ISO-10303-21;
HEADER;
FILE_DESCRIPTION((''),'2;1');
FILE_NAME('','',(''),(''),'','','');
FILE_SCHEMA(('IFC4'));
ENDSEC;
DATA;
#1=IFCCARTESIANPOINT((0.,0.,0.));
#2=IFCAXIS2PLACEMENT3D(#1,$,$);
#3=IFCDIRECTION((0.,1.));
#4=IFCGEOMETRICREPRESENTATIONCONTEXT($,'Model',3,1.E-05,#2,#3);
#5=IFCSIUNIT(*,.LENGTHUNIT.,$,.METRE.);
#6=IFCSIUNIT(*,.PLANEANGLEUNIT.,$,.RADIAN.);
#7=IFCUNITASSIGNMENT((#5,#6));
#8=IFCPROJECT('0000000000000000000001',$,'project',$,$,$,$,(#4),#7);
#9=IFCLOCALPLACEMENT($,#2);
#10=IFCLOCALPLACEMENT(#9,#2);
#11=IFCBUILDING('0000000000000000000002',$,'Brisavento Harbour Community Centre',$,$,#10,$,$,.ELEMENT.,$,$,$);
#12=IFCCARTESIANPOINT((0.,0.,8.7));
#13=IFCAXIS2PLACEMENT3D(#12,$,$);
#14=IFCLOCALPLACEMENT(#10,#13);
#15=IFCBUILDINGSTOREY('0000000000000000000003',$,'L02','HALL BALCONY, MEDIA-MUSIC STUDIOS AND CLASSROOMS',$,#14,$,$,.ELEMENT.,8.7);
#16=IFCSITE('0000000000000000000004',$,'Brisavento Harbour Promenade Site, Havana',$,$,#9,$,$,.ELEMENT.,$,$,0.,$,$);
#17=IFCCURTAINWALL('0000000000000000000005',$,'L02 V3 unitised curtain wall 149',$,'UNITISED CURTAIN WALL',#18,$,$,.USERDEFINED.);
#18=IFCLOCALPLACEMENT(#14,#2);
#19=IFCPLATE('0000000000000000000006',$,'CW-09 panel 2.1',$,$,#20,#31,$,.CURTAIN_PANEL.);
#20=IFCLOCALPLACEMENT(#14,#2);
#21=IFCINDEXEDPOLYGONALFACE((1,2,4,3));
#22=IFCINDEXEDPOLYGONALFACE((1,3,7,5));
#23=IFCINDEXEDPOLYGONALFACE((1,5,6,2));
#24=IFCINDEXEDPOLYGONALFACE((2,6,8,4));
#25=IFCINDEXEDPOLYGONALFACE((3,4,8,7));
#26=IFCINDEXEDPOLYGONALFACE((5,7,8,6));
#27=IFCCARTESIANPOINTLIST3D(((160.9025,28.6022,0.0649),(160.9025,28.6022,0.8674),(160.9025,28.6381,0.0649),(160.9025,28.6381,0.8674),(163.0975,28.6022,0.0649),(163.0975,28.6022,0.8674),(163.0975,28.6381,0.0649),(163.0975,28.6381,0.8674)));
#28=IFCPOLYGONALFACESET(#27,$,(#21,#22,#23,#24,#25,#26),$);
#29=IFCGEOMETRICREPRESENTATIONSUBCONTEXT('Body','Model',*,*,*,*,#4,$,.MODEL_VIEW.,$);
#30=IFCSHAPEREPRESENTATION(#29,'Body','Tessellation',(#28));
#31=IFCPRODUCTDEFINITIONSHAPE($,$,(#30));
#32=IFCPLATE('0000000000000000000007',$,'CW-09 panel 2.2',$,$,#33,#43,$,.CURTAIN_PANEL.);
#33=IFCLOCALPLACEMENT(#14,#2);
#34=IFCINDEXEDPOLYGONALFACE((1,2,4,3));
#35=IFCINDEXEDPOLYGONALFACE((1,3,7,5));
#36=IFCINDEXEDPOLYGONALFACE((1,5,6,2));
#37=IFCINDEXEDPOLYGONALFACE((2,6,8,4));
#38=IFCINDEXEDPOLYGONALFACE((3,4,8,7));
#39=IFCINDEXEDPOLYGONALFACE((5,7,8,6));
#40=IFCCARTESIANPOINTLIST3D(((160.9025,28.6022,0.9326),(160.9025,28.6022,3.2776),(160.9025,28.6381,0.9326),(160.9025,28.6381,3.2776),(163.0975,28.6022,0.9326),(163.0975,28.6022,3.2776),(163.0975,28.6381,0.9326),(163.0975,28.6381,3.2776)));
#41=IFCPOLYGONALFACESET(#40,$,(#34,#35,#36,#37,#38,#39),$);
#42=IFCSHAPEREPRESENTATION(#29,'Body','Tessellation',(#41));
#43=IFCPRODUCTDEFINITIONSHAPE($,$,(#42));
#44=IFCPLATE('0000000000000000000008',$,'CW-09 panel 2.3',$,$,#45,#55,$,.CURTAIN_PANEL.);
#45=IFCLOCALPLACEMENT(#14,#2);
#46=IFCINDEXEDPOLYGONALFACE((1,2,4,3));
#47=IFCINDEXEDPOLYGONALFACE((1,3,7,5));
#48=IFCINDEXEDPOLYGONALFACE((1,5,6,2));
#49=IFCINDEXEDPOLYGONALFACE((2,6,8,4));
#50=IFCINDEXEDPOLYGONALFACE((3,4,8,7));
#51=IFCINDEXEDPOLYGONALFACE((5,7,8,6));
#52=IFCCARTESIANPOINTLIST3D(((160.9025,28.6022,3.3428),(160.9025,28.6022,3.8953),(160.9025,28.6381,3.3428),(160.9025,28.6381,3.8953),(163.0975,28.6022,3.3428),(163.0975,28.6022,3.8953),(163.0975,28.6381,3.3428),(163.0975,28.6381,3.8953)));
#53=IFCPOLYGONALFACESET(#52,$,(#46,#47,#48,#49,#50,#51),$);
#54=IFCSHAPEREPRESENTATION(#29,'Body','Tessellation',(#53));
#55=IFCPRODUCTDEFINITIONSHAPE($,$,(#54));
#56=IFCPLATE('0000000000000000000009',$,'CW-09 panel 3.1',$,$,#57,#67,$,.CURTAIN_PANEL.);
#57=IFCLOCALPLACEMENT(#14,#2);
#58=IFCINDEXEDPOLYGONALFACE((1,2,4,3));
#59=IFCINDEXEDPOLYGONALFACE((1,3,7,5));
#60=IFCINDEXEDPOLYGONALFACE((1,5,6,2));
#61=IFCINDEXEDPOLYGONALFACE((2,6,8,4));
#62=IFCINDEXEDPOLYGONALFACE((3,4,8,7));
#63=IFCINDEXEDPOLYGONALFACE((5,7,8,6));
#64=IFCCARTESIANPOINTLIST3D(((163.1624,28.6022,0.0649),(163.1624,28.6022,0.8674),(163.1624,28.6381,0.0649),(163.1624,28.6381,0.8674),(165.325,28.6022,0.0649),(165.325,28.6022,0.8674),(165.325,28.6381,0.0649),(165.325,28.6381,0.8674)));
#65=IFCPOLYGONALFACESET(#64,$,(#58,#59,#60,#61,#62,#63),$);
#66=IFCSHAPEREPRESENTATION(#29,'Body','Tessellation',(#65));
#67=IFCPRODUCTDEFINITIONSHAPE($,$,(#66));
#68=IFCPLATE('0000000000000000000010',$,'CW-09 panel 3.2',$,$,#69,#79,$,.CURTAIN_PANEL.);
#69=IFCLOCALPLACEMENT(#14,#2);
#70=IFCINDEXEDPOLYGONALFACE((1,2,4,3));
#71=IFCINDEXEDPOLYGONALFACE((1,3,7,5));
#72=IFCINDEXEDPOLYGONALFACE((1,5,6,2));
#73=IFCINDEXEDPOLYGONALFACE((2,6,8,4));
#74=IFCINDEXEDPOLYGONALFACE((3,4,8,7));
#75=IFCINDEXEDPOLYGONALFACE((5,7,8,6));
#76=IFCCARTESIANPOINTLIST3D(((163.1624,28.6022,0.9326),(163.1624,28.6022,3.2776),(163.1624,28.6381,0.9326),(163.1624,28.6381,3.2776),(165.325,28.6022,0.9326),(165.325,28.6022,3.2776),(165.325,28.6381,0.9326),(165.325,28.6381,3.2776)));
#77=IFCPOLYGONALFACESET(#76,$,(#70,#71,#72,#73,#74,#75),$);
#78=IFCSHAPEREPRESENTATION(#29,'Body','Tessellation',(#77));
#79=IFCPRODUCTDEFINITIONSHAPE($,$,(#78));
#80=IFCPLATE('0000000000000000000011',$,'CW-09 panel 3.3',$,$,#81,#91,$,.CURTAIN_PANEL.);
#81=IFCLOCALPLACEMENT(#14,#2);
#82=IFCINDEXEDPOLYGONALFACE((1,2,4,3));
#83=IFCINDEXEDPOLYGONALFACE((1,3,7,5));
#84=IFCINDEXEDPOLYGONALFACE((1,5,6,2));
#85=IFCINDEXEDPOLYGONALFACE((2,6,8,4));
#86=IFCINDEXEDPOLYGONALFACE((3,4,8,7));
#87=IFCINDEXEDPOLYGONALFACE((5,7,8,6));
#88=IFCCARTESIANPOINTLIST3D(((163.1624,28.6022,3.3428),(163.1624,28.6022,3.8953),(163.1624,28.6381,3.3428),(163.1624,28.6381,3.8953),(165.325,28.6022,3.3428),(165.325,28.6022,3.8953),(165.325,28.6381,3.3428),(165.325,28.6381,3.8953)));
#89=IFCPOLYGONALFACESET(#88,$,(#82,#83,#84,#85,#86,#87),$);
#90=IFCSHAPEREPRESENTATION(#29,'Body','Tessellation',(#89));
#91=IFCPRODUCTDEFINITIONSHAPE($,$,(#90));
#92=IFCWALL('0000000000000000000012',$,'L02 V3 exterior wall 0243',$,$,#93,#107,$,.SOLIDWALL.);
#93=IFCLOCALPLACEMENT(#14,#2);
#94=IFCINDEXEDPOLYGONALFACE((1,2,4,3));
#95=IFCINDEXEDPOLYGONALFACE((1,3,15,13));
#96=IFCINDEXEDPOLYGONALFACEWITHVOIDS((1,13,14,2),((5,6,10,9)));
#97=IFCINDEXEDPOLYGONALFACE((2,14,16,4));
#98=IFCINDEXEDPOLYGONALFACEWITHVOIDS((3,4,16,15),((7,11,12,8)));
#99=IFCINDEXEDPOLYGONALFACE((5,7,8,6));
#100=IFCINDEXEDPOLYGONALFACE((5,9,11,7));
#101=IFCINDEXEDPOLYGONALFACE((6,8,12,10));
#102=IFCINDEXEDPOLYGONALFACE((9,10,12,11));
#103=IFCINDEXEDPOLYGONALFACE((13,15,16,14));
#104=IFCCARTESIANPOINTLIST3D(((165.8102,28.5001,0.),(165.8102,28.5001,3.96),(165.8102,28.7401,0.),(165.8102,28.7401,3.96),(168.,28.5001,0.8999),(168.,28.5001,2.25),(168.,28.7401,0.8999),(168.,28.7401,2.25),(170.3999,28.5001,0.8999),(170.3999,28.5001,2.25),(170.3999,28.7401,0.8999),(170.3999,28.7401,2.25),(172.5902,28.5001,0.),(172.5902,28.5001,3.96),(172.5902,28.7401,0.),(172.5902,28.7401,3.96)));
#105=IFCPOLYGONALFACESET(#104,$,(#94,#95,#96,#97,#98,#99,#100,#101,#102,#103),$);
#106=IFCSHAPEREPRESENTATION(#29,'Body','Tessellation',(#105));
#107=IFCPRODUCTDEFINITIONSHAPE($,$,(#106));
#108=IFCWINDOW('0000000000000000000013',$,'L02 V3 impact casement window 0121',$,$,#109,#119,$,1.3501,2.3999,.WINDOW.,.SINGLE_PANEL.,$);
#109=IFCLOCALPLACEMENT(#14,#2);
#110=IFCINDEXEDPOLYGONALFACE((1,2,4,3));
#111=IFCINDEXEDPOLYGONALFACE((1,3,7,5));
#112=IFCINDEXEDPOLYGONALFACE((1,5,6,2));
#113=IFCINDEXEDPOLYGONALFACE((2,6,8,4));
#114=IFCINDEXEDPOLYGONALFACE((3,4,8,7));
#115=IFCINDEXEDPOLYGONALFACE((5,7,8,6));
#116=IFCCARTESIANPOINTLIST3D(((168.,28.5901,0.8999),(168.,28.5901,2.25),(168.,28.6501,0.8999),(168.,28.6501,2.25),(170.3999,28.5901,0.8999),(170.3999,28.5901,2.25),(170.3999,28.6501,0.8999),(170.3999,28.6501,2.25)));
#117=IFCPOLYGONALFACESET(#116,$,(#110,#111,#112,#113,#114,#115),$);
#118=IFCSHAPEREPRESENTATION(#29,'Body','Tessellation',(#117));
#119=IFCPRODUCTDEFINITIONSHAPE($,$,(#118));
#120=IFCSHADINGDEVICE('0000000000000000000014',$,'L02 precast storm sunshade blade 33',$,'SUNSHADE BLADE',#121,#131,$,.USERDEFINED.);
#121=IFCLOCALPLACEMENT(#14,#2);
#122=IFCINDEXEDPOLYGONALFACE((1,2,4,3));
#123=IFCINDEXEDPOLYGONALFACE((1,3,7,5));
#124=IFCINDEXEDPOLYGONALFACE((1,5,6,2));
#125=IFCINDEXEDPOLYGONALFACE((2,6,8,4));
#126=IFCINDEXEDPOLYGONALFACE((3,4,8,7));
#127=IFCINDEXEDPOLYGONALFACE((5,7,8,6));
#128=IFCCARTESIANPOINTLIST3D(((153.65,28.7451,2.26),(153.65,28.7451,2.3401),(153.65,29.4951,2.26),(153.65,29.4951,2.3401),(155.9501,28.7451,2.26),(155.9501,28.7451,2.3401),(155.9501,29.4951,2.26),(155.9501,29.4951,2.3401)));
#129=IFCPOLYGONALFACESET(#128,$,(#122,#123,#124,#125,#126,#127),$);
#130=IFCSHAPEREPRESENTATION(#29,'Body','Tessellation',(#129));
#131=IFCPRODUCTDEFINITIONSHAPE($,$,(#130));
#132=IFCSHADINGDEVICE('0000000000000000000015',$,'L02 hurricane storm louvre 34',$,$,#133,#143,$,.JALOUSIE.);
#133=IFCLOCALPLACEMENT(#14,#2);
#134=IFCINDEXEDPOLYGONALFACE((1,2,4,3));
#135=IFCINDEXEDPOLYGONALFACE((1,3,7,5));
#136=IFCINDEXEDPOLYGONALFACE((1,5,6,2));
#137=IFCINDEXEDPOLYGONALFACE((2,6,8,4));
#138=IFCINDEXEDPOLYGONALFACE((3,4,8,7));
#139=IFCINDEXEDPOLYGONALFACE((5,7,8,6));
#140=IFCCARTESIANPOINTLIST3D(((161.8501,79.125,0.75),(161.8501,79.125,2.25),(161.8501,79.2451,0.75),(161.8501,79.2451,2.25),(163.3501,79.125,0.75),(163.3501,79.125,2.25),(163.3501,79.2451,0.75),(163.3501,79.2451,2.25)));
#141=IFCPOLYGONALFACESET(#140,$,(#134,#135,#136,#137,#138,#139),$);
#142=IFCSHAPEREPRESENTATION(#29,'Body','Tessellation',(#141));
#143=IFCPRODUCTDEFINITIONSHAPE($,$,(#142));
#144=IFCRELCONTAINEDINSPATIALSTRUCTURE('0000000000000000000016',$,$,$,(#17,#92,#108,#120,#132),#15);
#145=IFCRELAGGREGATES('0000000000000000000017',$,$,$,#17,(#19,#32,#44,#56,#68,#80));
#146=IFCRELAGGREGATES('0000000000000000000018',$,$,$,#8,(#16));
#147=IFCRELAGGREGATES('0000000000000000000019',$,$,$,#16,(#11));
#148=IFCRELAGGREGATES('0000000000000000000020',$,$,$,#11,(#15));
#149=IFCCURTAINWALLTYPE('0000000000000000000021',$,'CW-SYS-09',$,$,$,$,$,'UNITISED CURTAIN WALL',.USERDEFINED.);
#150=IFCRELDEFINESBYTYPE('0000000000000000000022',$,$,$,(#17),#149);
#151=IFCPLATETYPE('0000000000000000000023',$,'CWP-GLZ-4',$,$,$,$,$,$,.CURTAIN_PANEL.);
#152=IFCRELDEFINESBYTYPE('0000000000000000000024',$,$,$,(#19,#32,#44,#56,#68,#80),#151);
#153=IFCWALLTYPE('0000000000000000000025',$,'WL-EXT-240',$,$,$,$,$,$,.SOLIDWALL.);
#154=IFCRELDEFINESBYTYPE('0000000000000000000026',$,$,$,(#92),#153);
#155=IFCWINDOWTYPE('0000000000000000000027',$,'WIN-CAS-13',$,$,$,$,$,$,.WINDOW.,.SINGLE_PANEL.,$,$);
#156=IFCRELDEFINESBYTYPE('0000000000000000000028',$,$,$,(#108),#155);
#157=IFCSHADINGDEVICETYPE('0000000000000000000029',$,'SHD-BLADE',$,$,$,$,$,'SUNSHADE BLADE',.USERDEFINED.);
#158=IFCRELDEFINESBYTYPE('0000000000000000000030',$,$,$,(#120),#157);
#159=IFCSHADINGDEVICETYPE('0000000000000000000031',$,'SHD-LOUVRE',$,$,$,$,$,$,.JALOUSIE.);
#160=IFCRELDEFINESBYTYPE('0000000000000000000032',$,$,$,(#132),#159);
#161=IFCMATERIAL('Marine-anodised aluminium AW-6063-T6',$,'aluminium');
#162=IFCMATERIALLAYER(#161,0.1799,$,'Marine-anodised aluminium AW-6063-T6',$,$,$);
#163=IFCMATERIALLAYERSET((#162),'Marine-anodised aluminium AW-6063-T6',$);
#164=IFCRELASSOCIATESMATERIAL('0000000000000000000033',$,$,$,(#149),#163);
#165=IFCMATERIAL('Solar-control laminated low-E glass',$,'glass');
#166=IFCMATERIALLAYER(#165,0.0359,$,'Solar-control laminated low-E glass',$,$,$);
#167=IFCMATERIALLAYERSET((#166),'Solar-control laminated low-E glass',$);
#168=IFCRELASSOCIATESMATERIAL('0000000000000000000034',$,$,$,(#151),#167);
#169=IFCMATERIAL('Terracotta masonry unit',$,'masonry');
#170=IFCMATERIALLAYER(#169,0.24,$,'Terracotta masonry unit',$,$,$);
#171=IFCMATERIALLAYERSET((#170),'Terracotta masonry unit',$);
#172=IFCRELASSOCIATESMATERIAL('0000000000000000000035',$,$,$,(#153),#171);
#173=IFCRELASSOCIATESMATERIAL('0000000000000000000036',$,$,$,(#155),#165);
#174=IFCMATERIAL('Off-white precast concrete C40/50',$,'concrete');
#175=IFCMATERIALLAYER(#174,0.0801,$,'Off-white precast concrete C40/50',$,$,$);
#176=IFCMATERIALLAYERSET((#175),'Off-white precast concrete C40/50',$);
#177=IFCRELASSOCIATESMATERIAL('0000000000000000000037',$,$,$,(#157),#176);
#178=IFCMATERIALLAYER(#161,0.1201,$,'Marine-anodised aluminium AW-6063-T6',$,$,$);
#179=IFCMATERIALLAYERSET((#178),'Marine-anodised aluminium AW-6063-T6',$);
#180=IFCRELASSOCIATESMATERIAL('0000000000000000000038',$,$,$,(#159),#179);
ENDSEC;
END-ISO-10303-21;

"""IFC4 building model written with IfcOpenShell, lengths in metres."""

from ifc_helpers import new_model, si_unit, direction, frame, frame_2d, origin, origin_2d, place, context, subcontext, project, spatial, rectangle, extrude, material, layer, layer_set, type_object, element, fill, aggregate, save


model = new_model("IFC4")

# Units and contexts
model_context = context("Model", 3, precision=1e-05, world=origin(), true_north=direction((0.0, 1.0)))
body_context = subcontext(model_context, "Body", "Model", "MODEL_VIEW")
ifc_project = project(units=[si_unit("LENGTHUNIT", "METRE"), si_unit("PLANEANGLEUNIT", "RADIAN")], contexts=[model_context])

# Site, building, storey
site_placement = place(None, origin())
site = spatial("IfcSite", under=ifc_project, at=site_placement, Name="Brisavento Harbour Promenade Site, Havana", CompositionType="ELEMENT", RefElevation=0.0)
building_placement = place(site_placement, origin())
building = spatial("IfcBuilding", under=site, at=building_placement, Name="Brisavento Harbour Community Centre", CompositionType="ELEMENT")
storey_placement = place(building_placement, frame((0.0, 0.0, 8.7)))
storey = spatial("IfcBuildingStorey", under=building, at=storey_placement, Name="L02", Description="HALL BALCONY, MEDIA-MUSIC STUDIOS AND CLASSROOMS", CompositionType="ELEMENT", Elevation=8.7)

# Curtain wall, plates
ifc_material_1 = material(Name="Marine-anodised aluminium AW-6063-T6", Category="aluminium")
ifc_layer_1 = layer(ifc_material_1, 0.1799, Name="Marine-anodised aluminium AW-6063-T6")
ifc_layer_set_1 = layer_set([ifc_layer_1], Name="Marine-anodised aluminium AW-6063-T6")
curtain_wall_type = type_object("IfcCurtainWallType", Name="CW-SYS-09", ElementType="UNITISED CURTAIN WALL", PredefinedType="USERDEFINED", material=ifc_layer_set_1)
curtain_wall_placement = place(storey_placement, origin())
curtain_wall = element("IfcCurtainWall", 1, at=curtain_wall_placement, inside=storey, type_object=curtain_wall_type, Name="L02 V3 unitised curtain wall 149", ObjectType="UNITISED CURTAIN WALL", PredefinedType="USERDEFINED")
ifc_material_2 = material(Name="Solar-control laminated low-E glass", Category="glass")
ifc_layer_2 = layer(ifc_material_2, 0.0359, Name="Solar-control laminated low-E glass")
ifc_layer_set_2 = layer_set([ifc_layer_2], Name="Solar-control laminated low-E glass")
plate_type = type_object("IfcPlateType", Name="CWP-GLZ-4", PredefinedType="CURTAIN_PANEL", material=ifc_layer_set_2)
plate_1_placement = place(storey_placement, frame((162.0, 28.6201, 0.0649), z_axis=(0.0, 0.0, 1.0), x_axis=(1.0, 0.0, 0.0)))
plate_1 = element("IfcPlate", 2, at=plate_1_placement, type_object=plate_type, Name="CW-09 panel 2.1", PredefinedType="CURTAIN_PANEL", context=body_context, shape_type="SweptSolid", body=[
    extrude(rectangle(XDim=2.1951, YDim=0.0359, at=origin_2d()), origin(), (0.0, 0.0, 1.0), 0.8025),
])
plate_2_placement = place(storey_placement, frame((162.0, 28.6201, 0.9326), z_axis=(0.0, 0.0, 1.0), x_axis=(1.0, 0.0, 0.0)))
plate_2 = element("IfcPlate", 3, at=plate_2_placement, type_object=plate_type, Name="CW-09 panel 2.2", PredefinedType="CURTAIN_PANEL", context=body_context, shape_type="SweptSolid", body=[
    extrude(rectangle(XDim=2.1951, YDim=0.0359, at=origin_2d()), origin(), (0.0, 0.0, 1.0), 2.345),
])
plate_3_placement = place(storey_placement, frame((162.0, 28.6201, 3.3428), z_axis=(0.0, 0.0, 1.0), x_axis=(1.0, 0.0, 0.0)))
plate_3 = element("IfcPlate", 4, at=plate_3_placement, type_object=plate_type, Name="CW-09 panel 2.3", PredefinedType="CURTAIN_PANEL", context=body_context, shape_type="SweptSolid", body=[
    extrude(rectangle(XDim=2.1951, YDim=0.0359, at=origin_2d()), origin(), (0.0, 0.0, 1.0), 0.5525),
])
plate_4_placement = place(storey_placement, frame((164.2437, 28.6201, 0.0649), z_axis=(0.0, 0.0, 1.0), x_axis=(1.0, 0.0, 0.0)))
plate_4 = element("IfcPlate", 5, at=plate_4_placement, type_object=plate_type, Name="CW-09 panel 3.1", PredefinedType="CURTAIN_PANEL", context=body_context, shape_type="SweptSolid", body=[
    extrude(rectangle(XDim=2.1626, YDim=0.0359, at=origin_2d()), origin(), (0.0, 0.0, 1.0), 0.8025),
])
plate_5_placement = place(storey_placement, frame((164.2437, 28.6201, 0.9326), z_axis=(0.0, 0.0, 1.0), x_axis=(1.0, 0.0, 0.0)))
plate_5 = element("IfcPlate", 6, at=plate_5_placement, type_object=plate_type, Name="CW-09 panel 3.2", PredefinedType="CURTAIN_PANEL", context=body_context, shape_type="SweptSolid", body=[
    extrude(rectangle(XDim=2.1626, YDim=0.0359, at=origin_2d()), origin(), (0.0, 0.0, 1.0), 2.345),
])
plate_6_placement = place(storey_placement, frame((164.2437, 28.6201, 3.3428), z_axis=(0.0, 0.0, 1.0), x_axis=(1.0, 0.0, 0.0)))
plate_6 = element("IfcPlate", 7, at=plate_6_placement, type_object=plate_type, Name="CW-09 panel 3.3", PredefinedType="CURTAIN_PANEL", context=body_context, shape_type="SweptSolid", body=[
    extrude(rectangle(XDim=2.1626, YDim=0.0359, at=origin_2d()), origin(), (0.0, 0.0, 1.0), 0.5525),
])
aggregate(curtain_wall, [plate_1, plate_2, plate_3, plate_4, plate_5, plate_6])

# Wall, opening, window
ifc_material_3 = material(Name="Terracotta masonry unit", Category="masonry")
ifc_layer_3 = layer(ifc_material_3, 0.24, Name="Terracotta masonry unit")
ifc_layer_set_3 = layer_set([ifc_layer_3], Name="Terracotta masonry unit")
wall_type = type_object("IfcWallType", Name="WL-EXT-240", PredefinedType="SOLIDWALL", material=ifc_layer_set_3)
wall_placement = place(storey_placement, frame((165.8101, 28.6201, 0.0), z_axis=(0.0, 0.0, 1.0), x_axis=(1.0, 0.0, 0.0)))
wall = element("IfcWall", 8, at=wall_placement, inside=storey, type_object=wall_type, Name="L02 V3 exterior wall 0243", PredefinedType="SOLIDWALL", context=body_context, shape_type="SweptSolid", body=[
    extrude(rectangle(XDim=6.78, YDim=0.24, at=frame_2d((3.3901, 0.0))), origin(), (0.0, 0.0, 1.0), 3.96),
])
opening_placement = place(wall_placement, frame((2.1899, 0.0, 0.8999)))
opening = element("IfcOpeningElement", 9, at=opening_placement, cuts=wall, PredefinedType="OPENING", context=body_context, shape_type="SweptSolid", body=[
    extrude(rectangle(XDim=2.3999, YDim=1.3501, at=frame_2d((1.2, 0.675))), frame((0.0, 0.1299, 0.0), z_axis=(0.0, -1.0, 0.0), x_axis=(1.0, 0.0, 0.0)), (0.0, 0.0, 1.0), 0.26),
])
window_type = type_object("IfcWindowType", Name="WIN-CAS-13", PartitioningType="SINGLE_PANEL", PredefinedType="WINDOW", material=ifc_material_2)
window_placement = place(opening_placement, origin())
window = element("IfcWindow", 10, at=window_placement, inside=storey, type_object=window_type, Name="L02 V3 impact casement window 0121", OverallHeight=1.3501, OverallWidth=2.3999, PartitioningType="SINGLE_PANEL", PredefinedType="WINDOW", context=body_context, shape_type="SweptSolid", body=[
    extrude(rectangle(XDim=2.3999, YDim=1.3501, at=frame_2d((1.2, 0.675))), frame((0.0, 0.03, 0.0), z_axis=(0.0, -1.0, 0.0), x_axis=(1.0, 0.0, 0.0)), (0.0, 0.0, 1.0), 0.0601),
])
fill(opening, window)

# Shading devices
ifc_material_4 = material(Name="Off-white precast concrete C40/50", Category="concrete")
ifc_layer_4 = layer(ifc_material_4, 0.0801, Name="Off-white precast concrete C40/50")
ifc_layer_set_4 = layer_set([ifc_layer_4], Name="Off-white precast concrete C40/50")
shading_device_type_1 = type_object("IfcShadingDeviceType", Name="SHD-BLADE", ElementType="SUNSHADE BLADE", PredefinedType="USERDEFINED", material=ifc_layer_set_4)
shading_device_1_placement = place(storey_placement, frame((154.8, 29.1201, 2.26), z_axis=(0.0, 0.0, 1.0), x_axis=(1.0, 0.0, 0.0)))
element("IfcShadingDevice", 11, at=shading_device_1_placement, inside=storey, type_object=shading_device_type_1, Name="L02 precast storm sunshade blade 33", ObjectType="SUNSHADE BLADE", PredefinedType="USERDEFINED", context=body_context, shape_type="SweptSolid", body=[
    extrude(rectangle(XDim=2.3, YDim=0.75, at=origin_2d()), origin(), (0.0, 0.0, 1.0), 0.0801),
])
ifc_layer_5 = layer(ifc_material_1, 0.1201, Name="Marine-anodised aluminium AW-6063-T6")
ifc_layer_set_5 = layer_set([ifc_layer_5], Name="Marine-anodised aluminium AW-6063-T6")
shading_device_type_2 = type_object("IfcShadingDeviceType", Name="SHD-LOUVRE", PredefinedType="JALOUSIE", material=ifc_layer_set_5)
shading_device_2_placement = place(storey_placement, frame((162.6001, 79.1851, 0.75), z_axis=(0.0, 0.0, 1.0), x_axis=(-1.0, 0.0, 0.0)))
element("IfcShadingDevice", 12, at=shading_device_2_placement, inside=storey, type_object=shading_device_type_2, Name="L02 hurricane storm louvre 34", PredefinedType="JALOUSIE", context=body_context, shape_type="SweptSolid", body=[
    extrude(rectangle(XDim=1.5, YDim=0.1201, at=origin_2d()), origin(), (0.0, 0.0, 1.0), 1.5),
])

save(model, "model.ifc")
